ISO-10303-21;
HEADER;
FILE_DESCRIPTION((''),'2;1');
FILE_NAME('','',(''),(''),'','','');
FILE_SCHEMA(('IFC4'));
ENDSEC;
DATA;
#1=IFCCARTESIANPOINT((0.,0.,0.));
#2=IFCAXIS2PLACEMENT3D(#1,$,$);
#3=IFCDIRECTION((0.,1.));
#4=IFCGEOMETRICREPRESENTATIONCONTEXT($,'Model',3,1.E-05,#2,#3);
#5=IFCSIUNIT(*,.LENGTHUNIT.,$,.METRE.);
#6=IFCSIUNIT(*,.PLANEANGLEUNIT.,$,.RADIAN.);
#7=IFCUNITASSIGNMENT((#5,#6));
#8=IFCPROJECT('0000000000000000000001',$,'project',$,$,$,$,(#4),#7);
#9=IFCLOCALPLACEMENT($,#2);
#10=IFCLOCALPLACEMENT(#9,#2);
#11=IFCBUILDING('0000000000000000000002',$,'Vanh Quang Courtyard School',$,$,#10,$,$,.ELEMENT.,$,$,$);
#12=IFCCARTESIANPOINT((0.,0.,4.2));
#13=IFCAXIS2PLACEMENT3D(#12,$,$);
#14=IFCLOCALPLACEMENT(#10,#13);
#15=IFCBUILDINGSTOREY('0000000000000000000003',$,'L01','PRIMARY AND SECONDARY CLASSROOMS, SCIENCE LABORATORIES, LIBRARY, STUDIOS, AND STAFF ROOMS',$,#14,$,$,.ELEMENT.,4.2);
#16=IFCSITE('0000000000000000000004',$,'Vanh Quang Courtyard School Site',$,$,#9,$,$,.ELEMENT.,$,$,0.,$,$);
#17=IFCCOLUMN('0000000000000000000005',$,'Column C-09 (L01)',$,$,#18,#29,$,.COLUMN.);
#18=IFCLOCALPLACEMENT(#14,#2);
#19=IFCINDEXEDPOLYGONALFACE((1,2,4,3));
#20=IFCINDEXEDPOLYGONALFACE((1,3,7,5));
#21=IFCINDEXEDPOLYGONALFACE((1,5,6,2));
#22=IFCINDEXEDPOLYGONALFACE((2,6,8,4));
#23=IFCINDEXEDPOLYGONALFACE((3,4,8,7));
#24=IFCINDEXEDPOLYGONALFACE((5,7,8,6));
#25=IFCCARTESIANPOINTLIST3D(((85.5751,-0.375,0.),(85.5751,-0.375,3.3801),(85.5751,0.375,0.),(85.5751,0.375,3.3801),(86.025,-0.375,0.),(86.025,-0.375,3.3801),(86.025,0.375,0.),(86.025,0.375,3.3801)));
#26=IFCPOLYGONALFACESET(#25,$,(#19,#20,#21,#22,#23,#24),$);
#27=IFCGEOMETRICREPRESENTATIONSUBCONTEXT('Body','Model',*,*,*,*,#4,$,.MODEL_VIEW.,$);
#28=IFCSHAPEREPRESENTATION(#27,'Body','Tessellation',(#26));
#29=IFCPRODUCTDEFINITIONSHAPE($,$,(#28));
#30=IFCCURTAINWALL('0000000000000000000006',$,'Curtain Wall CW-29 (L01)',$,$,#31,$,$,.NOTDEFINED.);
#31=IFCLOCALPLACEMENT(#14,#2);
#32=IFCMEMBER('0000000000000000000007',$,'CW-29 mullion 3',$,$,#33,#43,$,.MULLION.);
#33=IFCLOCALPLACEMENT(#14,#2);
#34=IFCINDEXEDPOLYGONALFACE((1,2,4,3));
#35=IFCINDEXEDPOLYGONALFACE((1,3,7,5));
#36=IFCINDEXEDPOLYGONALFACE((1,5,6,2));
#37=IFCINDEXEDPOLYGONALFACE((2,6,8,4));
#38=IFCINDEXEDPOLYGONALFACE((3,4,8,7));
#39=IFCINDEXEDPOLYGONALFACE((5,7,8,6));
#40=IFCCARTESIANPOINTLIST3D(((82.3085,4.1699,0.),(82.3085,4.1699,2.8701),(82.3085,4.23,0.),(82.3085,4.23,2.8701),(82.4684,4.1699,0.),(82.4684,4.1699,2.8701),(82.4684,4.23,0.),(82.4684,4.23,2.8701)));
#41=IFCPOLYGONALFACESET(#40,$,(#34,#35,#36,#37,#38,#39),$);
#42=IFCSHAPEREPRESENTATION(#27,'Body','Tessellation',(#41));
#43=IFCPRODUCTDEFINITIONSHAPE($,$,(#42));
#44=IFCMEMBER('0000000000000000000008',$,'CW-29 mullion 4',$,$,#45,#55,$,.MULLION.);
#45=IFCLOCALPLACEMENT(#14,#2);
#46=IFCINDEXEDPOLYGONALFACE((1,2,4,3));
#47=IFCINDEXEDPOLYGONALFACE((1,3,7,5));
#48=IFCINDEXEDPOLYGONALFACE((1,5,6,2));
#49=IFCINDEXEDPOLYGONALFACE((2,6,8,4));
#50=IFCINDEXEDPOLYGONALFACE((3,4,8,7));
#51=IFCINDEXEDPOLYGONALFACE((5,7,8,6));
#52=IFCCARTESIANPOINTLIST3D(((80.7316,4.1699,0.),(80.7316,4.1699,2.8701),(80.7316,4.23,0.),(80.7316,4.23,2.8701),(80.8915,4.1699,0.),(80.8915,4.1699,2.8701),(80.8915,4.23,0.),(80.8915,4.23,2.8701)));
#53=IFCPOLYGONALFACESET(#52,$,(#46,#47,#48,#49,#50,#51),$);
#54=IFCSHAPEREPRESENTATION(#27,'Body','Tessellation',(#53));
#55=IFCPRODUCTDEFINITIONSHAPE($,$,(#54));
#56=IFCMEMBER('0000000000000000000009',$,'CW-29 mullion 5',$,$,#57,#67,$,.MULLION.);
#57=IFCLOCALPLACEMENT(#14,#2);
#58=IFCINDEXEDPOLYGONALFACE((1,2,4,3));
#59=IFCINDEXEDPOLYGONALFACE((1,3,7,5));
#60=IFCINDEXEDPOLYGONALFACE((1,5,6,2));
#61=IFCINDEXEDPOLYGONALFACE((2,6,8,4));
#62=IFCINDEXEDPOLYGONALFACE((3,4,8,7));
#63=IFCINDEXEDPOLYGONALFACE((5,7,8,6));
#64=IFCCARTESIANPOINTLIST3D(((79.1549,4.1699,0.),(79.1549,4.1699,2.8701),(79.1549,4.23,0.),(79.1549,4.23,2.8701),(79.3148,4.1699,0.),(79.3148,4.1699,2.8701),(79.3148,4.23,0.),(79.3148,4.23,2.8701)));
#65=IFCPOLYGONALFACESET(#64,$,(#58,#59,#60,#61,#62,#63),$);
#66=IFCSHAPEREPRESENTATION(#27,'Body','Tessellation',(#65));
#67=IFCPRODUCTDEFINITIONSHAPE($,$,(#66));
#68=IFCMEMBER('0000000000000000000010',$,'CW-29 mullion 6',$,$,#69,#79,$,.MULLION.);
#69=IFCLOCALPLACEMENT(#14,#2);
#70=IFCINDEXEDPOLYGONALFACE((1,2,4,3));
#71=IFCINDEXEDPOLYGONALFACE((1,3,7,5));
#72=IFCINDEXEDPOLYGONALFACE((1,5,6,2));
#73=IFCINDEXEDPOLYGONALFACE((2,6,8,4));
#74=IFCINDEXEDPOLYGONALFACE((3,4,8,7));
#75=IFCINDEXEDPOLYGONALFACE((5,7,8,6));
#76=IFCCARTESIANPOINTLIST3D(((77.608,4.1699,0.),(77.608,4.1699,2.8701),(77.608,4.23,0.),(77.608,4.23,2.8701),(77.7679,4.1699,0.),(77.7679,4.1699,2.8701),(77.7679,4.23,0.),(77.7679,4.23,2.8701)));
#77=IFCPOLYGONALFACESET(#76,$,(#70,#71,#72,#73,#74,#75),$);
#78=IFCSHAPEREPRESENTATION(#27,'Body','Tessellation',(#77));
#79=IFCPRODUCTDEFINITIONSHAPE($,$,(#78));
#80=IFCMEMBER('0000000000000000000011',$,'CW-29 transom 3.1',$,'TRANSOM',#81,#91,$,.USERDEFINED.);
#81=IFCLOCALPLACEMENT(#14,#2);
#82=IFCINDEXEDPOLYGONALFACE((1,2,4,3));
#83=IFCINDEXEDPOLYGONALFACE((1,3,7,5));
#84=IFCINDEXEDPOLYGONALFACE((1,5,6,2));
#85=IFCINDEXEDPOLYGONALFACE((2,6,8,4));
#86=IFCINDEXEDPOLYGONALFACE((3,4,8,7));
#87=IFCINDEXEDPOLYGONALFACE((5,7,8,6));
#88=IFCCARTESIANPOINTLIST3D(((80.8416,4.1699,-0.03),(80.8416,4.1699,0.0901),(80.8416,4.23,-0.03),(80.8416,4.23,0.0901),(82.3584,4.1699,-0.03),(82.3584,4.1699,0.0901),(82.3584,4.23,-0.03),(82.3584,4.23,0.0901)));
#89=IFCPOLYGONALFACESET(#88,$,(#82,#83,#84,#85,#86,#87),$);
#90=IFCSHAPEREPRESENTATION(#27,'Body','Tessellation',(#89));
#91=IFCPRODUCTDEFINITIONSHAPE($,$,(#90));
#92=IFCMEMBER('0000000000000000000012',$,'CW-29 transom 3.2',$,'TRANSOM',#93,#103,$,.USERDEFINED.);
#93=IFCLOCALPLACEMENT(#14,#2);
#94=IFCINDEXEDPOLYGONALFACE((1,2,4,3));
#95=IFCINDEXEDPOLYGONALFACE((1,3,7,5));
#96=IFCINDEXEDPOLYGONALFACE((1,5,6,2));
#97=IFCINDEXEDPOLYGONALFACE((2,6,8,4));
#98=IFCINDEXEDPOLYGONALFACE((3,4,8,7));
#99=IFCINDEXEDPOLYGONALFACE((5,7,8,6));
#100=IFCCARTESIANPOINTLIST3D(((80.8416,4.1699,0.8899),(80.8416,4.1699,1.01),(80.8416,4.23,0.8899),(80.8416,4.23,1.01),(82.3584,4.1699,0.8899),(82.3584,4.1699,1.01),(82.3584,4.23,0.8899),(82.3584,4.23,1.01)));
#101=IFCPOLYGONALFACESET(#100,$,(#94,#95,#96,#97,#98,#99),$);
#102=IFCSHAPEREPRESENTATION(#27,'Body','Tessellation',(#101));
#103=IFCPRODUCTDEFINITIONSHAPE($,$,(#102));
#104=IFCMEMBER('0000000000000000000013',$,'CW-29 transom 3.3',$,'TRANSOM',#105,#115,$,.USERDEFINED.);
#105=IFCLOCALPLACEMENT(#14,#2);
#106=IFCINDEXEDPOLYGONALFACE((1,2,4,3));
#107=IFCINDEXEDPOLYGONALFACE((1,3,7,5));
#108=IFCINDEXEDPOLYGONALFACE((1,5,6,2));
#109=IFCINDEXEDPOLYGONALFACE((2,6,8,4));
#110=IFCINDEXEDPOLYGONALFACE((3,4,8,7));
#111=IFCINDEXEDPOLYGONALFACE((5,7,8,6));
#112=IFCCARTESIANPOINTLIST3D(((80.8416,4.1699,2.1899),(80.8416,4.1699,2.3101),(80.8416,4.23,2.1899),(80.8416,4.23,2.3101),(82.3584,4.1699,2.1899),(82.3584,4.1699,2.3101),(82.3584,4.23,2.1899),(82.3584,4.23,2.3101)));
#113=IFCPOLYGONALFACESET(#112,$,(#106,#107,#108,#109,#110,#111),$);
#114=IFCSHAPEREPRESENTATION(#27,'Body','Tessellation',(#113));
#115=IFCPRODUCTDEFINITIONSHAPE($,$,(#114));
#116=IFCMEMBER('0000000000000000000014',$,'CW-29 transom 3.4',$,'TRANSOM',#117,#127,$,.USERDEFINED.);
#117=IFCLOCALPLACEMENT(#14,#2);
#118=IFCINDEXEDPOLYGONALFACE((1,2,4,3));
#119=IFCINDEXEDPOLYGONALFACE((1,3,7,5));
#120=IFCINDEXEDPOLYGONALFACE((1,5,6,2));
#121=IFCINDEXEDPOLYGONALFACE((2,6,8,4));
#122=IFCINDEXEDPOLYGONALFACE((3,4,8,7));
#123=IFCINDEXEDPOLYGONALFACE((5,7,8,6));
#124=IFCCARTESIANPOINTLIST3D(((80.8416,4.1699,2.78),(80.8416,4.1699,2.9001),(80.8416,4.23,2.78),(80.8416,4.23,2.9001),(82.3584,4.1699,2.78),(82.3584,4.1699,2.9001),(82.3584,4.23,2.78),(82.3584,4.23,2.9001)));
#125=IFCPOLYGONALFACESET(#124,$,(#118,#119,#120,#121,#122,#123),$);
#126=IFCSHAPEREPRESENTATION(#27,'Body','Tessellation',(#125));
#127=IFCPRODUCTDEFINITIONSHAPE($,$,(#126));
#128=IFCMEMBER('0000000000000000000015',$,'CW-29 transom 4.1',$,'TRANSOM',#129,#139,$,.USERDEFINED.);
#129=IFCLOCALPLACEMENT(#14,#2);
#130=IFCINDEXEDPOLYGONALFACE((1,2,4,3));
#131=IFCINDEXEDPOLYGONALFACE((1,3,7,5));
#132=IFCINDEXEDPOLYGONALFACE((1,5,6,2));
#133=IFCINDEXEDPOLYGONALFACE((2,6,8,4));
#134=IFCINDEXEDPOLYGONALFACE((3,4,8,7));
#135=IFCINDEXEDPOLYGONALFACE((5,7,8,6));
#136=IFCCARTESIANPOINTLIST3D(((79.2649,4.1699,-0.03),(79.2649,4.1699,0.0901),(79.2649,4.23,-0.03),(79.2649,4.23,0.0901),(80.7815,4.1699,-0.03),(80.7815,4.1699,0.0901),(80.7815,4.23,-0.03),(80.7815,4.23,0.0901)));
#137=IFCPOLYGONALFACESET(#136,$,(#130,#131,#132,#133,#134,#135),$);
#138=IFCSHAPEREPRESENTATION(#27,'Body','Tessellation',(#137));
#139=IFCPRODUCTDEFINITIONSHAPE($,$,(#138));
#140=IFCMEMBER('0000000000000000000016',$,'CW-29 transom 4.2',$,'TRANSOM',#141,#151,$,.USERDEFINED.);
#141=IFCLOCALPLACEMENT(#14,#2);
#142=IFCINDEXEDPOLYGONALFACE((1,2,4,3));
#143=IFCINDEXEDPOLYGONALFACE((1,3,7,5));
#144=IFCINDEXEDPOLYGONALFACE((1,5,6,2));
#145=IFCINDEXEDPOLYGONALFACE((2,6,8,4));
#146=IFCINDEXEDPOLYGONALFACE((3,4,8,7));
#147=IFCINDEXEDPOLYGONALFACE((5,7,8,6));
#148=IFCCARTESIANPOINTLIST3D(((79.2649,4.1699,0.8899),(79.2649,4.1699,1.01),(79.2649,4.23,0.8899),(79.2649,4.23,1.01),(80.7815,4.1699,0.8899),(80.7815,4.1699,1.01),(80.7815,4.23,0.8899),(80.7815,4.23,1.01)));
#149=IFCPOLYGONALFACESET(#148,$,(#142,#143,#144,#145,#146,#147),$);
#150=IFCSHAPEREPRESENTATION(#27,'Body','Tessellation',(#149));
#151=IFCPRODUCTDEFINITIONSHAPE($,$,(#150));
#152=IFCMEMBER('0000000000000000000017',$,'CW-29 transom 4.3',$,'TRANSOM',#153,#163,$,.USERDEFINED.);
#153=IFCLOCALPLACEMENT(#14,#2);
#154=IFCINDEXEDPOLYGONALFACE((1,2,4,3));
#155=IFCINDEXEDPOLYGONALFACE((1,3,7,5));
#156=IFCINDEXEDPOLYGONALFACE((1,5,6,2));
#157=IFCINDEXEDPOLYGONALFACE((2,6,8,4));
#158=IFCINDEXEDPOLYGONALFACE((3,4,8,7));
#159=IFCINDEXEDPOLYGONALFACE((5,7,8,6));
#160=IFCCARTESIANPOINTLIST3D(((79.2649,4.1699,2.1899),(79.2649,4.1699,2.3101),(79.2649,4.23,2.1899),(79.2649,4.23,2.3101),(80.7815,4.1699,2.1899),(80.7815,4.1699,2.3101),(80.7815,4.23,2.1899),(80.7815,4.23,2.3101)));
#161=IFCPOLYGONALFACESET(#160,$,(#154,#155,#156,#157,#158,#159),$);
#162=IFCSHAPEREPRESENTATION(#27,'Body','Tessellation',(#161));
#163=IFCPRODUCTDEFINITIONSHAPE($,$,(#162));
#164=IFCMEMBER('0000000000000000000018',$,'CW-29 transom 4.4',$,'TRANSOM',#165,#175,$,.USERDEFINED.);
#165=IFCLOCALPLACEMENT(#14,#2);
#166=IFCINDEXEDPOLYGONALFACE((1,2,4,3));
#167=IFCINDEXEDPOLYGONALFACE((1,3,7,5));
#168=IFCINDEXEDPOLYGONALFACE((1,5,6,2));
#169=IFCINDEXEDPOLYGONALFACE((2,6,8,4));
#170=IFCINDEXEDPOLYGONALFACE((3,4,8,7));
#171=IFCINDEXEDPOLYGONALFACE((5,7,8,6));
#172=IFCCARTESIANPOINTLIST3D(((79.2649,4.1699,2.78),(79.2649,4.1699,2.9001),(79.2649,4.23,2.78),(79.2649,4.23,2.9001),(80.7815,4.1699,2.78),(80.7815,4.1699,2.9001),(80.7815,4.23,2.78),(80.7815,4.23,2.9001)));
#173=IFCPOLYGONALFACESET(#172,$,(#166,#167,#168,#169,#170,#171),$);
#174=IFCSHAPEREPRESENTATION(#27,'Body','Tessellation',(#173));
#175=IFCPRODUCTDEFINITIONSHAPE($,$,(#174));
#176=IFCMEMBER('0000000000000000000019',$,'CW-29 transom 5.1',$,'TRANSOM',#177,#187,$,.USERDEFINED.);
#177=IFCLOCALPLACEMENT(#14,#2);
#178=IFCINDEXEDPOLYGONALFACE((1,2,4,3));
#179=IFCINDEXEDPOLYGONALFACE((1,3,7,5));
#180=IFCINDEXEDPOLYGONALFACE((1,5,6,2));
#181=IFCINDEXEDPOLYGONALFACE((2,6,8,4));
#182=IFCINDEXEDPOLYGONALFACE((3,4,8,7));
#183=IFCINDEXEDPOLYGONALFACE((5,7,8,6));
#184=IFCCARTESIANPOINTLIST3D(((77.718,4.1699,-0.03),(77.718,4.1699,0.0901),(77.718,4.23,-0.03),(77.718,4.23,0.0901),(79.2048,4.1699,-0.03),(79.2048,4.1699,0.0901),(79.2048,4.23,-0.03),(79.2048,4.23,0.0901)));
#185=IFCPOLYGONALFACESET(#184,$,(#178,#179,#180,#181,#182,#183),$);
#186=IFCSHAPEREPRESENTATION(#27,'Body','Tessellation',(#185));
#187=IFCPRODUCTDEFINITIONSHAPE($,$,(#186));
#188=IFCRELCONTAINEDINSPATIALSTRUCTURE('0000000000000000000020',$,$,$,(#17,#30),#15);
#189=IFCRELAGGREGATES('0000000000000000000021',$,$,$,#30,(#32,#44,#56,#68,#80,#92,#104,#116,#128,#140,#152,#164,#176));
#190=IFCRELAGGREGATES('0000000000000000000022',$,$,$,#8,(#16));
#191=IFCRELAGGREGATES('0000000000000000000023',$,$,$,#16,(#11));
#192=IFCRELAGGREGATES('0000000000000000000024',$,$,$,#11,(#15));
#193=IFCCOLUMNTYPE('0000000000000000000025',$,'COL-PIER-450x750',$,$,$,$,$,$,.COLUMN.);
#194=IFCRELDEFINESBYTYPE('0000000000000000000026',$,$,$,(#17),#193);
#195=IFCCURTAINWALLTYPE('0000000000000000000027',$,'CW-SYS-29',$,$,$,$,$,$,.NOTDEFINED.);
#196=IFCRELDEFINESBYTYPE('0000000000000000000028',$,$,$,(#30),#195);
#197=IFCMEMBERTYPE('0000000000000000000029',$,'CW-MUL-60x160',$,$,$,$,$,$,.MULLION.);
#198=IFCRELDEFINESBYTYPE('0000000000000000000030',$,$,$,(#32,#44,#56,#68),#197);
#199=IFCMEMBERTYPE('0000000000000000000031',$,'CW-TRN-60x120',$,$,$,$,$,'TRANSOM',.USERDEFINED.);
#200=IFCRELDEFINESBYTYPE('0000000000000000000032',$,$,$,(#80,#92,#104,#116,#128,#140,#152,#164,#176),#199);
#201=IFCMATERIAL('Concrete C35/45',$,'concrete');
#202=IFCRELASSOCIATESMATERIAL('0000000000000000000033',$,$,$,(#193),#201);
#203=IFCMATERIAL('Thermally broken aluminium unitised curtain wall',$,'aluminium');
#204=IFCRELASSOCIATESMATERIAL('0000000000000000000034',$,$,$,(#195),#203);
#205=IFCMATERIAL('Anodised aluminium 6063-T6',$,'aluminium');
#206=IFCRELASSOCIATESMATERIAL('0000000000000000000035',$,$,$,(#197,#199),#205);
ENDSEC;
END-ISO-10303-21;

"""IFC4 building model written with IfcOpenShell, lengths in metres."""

from ifc_helpers import new_model, si_unit, direction, frame, origin, origin_2d, place, context, subcontext, project, spatial, rectangle, extrude, material, material_profile, profile_set, type_object, element, aggregate, save


model = new_model("IFC4")

# Units and contexts
model_context = context("Model", 3, precision=1e-05, world=origin(), true_north=direction((0.0, 1.0)))
body_context = subcontext(model_context, "Body", "Model", "MODEL_VIEW")
ifc_project = project(units=[si_unit("LENGTHUNIT", "METRE"), si_unit("PLANEANGLEUNIT", "RADIAN")], contexts=[model_context])

# Site, building, storey
site_placement = place(None, origin())
site = spatial("IfcSite", under=ifc_project, at=site_placement, Name="Vanh Quang Courtyard School Site", CompositionType="ELEMENT", RefElevation=0.0)
building_placement = place(site_placement, origin())
building = spatial("IfcBuilding", under=site, at=building_placement, Name="Vanh Quang Courtyard School", CompositionType="ELEMENT")
storey_placement = place(building_placement, frame((0.0, 0.0, 4.2)))
storey = spatial("IfcBuildingStorey", under=building, at=storey_placement, Name="L01", Description="PRIMARY AND SECONDARY CLASSROOMS, SCIENCE LABORATORIES, LIBRARY, STUDIOS, AND STAFF ROOMS", CompositionType="ELEMENT", Elevation=4.2)

# Column
ifc_material_1 = material(Name="Concrete C35/45", Category="concrete")
ifc_material_profile_1 = material_profile(ifc_material_1, rectangle(XDim=0.45, YDim=0.75, at=origin_2d()), Name="RC-PIER 450x750")
ifc_profile_set_1 = profile_set([ifc_material_profile_1], Name="Concrete C35/45")
column_type = type_object("IfcColumnType", Name="COL-PIER-450x750", PredefinedType="COLUMN", material=ifc_profile_set_1)
column_placement = place(storey_placement, frame((85.8, 0.0, 0.0), z_axis=(0.0, 0.0, 1.0), x_axis=(1.0, 0.0, 0.0)))
element("IfcColumn", 1, at=column_placement, inside=storey, type_object=column_type, Name="Column C-09 (L01)", PredefinedType="COLUMN", context=body_context, shape_type="SweptSolid", body=[
    extrude(rectangle(XDim=0.45, YDim=0.75, at=origin_2d()), origin(), (0.0, 0.0, 1.0), 3.3801),
])

# Curtain wall, members
ifc_material_2 = material(Name="Thermally broken aluminium unitised curtain wall", Category="aluminium")
curtain_wall_type = type_object("IfcCurtainWallType", Name="CW-SYS-29", PredefinedType="NOTDEFINED", material=ifc_material_2)
curtain_wall_placement = place(storey_placement, origin())
curtain_wall = element("IfcCurtainWall", 2, at=curtain_wall_placement, inside=storey, type_object=curtain_wall_type, Name="Curtain Wall CW-29 (L01)", PredefinedType="NOTDEFINED")
ifc_material_3 = material(Name="Anodised aluminium 6063-T6", Category="aluminium")
ifc_material_profile_2 = material_profile(ifc_material_3, rectangle(XDim=0.0601, YDim=0.1599, at=origin_2d()), Name="ALU-MUL 60x160")
ifc_profile_set_2 = profile_set([ifc_material_profile_2], Name="Anodised aluminium 6063-T6")
member_type_1 = type_object("IfcMemberType", Name="CW-MUL-60x160", PredefinedType="MULLION", material=ifc_profile_set_2)
member_1_placement = place(storey_placement, frame((82.3884, 4.2, 0.0), z_axis=(0.0, 0.0, 1.0), x_axis=(0.0, -1.0, 0.0)))
member_1 = element("IfcMember", 3, at=member_1_placement, type_object=member_type_1, Name="CW-29 mullion 3", PredefinedType="MULLION", context=body_context, shape_type="SweptSolid", body=[
    extrude(rectangle(XDim=0.0601, YDim=0.1599, at=origin_2d()), origin(), (0.0, 0.0, 1.0), 2.8701),
])
member_2_placement = place(storey_placement, frame((80.8115, 4.2, 0.0), z_axis=(0.0, 0.0, 1.0), x_axis=(0.0, -1.0, 0.0)))
member_2 = element("IfcMember", 4, at=member_2_placement, type_object=member_type_1, Name="CW-29 mullion 4", PredefinedType="MULLION", context=body_context, shape_type="SweptSolid", body=[
    extrude(rectangle(XDim=0.0601, YDim=0.1599, at=origin_2d()), origin(), (0.0, 0.0, 1.0), 2.8701),
])
member_3_placement = place(storey_placement, frame((79.2349, 4.2, 0.0), z_axis=(0.0, 0.0, 1.0), x_axis=(0.0, -1.0, 0.0)))
member_3 = element("IfcMember", 5, at=member_3_placement, type_object=member_type_1, Name="CW-29 mullion 5", PredefinedType="MULLION", context=body_context, shape_type="SweptSolid", body=[
    extrude(rectangle(XDim=0.0601, YDim=0.1599, at=origin_2d()), origin(), (0.0, 0.0, 1.0), 2.8701),
])
member_4_placement = place(storey_placement, frame((77.688, 4.2, 0.0), z_axis=(0.0, 0.0, 1.0), x_axis=(0.0, -1.0, 0.0)))
member_4 = element("IfcMember", 6, at=member_4_placement, type_object=member_type_1, Name="CW-29 mullion 6", PredefinedType="MULLION", context=body_context, shape_type="SweptSolid", body=[
    extrude(rectangle(XDim=0.0601, YDim=0.1599, at=origin_2d()), origin(), (0.0, 0.0, 1.0), 2.8701),
])
ifc_material_profile_3 = material_profile(ifc_material_3, rectangle(XDim=0.0601, YDim=0.1201, at=origin_2d()), Name="ALU-TRN 60x120")
ifc_profile_set_3 = profile_set([ifc_material_profile_3], Name="Anodised aluminium 6063-T6")
member_type_2 = type_object("IfcMemberType", Name="CW-TRN-60x120", ElementType="TRANSOM", PredefinedType="USERDEFINED", material=ifc_profile_set_3)
member_5_placement = place(storey_placement, frame((82.3584, 4.2, 0.03), z_axis=(-1.0, 0.0, 0.0), x_axis=(0.0, -1.0, 0.0)))
member_5 = element("IfcMember", 7, at=member_5_placement, type_object=member_type_2, Name="CW-29 transom 3.1", ObjectType="TRANSOM", PredefinedType="USERDEFINED", context=body_context, shape_type="SweptSolid", body=[
    extrude(rectangle(XDim=0.0601, YDim=0.1201, at=origin_2d()), origin(), (0.0, 0.0, 1.0), 1.5168),
])
member_6_placement = place(storey_placement, frame((82.3584, 4.2, 0.95), z_axis=(-1.0, 0.0, 0.0), x_axis=(0.0, -1.0, 0.0)))
member_6 = element("IfcMember", 8, at=member_6_placement, type_object=member_type_2, Name="CW-29 transom 3.2", ObjectType="TRANSOM", PredefinedType="USERDEFINED", context=body_context, shape_type="SweptSolid", body=[
    extrude(rectangle(XDim=0.0601, YDim=0.1201, at=origin_2d()), origin(), (0.0, 0.0, 1.0), 1.5168),
])
member_7_placement = place(storey_placement, frame((82.3584, 4.2, 2.25), z_axis=(-1.0, 0.0, 0.0), x_axis=(0.0, -1.0, 0.0)))
member_7 = element("IfcMember", 9, at=member_7_placement, type_object=member_type_2, Name="CW-29 transom 3.3", ObjectType="TRANSOM", PredefinedType="USERDEFINED", context=body_context, shape_type="SweptSolid", body=[
    extrude(rectangle(XDim=0.0601, YDim=0.1201, at=origin_2d()), origin(), (0.0, 0.0, 1.0), 1.5168),
])
member_8_placement = place(storey_placement, frame((82.3584, 4.2, 2.8401), z_axis=(-1.0, 0.0, 0.0), x_axis=(0.0, -1.0, 0.0)))
member_8 = element("IfcMember", 10, at=member_8_placement, type_object=member_type_2, Name="CW-29 transom 3.4", ObjectType="TRANSOM", PredefinedType="USERDEFINED", context=body_context, shape_type="SweptSolid", body=[
    extrude(rectangle(XDim=0.0601, YDim=0.1201, at=origin_2d()), origin(), (0.0, 0.0, 1.0), 1.5168),
])
member_9_placement = place(storey_placement, frame((80.7815, 4.2, 0.03), z_axis=(-1.0, 0.0, 0.0), x_axis=(0.0, -1.0, 0.0)))
member_9 = element("IfcMember", 11, at=member_9_placement, type_object=member_type_2, Name="CW-29 transom 4.1", ObjectType="TRANSOM", PredefinedType="USERDEFINED", context=body_context, shape_type="SweptSolid", body=[
    extrude(rectangle(XDim=0.0601, YDim=0.1201, at=origin_2d()), origin(), (0.0, 0.0, 1.0), 1.5166),
])
member_10_placement = place(storey_placement, frame((80.7815, 4.2, 0.95), z_axis=(-1.0, 0.0, 0.0), x_axis=(0.0, -1.0, 0.0)))
member_10 = element("IfcMember", 12, at=member_10_placement, type_object=member_type_2, Name="CW-29 transom 4.2", ObjectType="TRANSOM", PredefinedType="USERDEFINED", context=body_context, shape_type="SweptSolid", body=[
    extrude(rectangle(XDim=0.0601, YDim=0.1201, at=origin_2d()), origin(), (0.0, 0.0, 1.0), 1.5166),
])
member_11_placement = place(storey_placement, frame((80.7815, 4.2, 2.25), z_axis=(-1.0, 0.0, 0.0), x_axis=(0.0, -1.0, 0.0)))
member_11 = element("IfcMember", 13, at=member_11_placement, type_object=member_type_2, Name="CW-29 transom 4.3", ObjectType="TRANSOM", PredefinedType="USERDEFINED", context=body_context, shape_type="SweptSolid", body=[
    extrude(rectangle(XDim=0.0601, YDim=0.1201, at=origin_2d()), origin(), (0.0, 0.0, 1.0), 1.5166),
])
member_12_placement = place(storey_placement, frame((80.7815, 4.2, 2.8401), z_axis=(-1.0, 0.0, 0.0), x_axis=(0.0, -1.0, 0.0)))
member_12 = element("IfcMember", 14, at=member_12_placement, type_object=member_type_2, Name="CW-29 transom 4.4", ObjectType="TRANSOM", PredefinedType="USERDEFINED", context=body_context, shape_type="SweptSolid", body=[
    extrude(rectangle(XDim=0.0601, YDim=0.1201, at=origin_2d()), origin(), (0.0, 0.0, 1.0), 1.5166),
])
member_13_placement = place(storey_placement, frame((79.2048, 4.2, 0.03), z_axis=(-1.0, 0.0, 0.0), x_axis=(0.0, -1.0, 0.0)))
member_13 = element("IfcMember", 15, at=member_13_placement, type_object=member_type_2, Name="CW-29 transom 5.1", ObjectType="TRANSOM", PredefinedType="USERDEFINED", context=body_context, shape_type="SweptSolid", body=[
    extrude(rectangle(XDim=0.0601, YDim=0.1201, at=origin_2d()), origin(), (0.0, 0.0, 1.0), 1.4868),
])
aggregate(curtain_wall, [member_1, member_2, member_3, member_4, member_5, member_6, member_7, member_8, member_9, member_10, member_11, member_12, member_13])

save(model, "model.ifc")
